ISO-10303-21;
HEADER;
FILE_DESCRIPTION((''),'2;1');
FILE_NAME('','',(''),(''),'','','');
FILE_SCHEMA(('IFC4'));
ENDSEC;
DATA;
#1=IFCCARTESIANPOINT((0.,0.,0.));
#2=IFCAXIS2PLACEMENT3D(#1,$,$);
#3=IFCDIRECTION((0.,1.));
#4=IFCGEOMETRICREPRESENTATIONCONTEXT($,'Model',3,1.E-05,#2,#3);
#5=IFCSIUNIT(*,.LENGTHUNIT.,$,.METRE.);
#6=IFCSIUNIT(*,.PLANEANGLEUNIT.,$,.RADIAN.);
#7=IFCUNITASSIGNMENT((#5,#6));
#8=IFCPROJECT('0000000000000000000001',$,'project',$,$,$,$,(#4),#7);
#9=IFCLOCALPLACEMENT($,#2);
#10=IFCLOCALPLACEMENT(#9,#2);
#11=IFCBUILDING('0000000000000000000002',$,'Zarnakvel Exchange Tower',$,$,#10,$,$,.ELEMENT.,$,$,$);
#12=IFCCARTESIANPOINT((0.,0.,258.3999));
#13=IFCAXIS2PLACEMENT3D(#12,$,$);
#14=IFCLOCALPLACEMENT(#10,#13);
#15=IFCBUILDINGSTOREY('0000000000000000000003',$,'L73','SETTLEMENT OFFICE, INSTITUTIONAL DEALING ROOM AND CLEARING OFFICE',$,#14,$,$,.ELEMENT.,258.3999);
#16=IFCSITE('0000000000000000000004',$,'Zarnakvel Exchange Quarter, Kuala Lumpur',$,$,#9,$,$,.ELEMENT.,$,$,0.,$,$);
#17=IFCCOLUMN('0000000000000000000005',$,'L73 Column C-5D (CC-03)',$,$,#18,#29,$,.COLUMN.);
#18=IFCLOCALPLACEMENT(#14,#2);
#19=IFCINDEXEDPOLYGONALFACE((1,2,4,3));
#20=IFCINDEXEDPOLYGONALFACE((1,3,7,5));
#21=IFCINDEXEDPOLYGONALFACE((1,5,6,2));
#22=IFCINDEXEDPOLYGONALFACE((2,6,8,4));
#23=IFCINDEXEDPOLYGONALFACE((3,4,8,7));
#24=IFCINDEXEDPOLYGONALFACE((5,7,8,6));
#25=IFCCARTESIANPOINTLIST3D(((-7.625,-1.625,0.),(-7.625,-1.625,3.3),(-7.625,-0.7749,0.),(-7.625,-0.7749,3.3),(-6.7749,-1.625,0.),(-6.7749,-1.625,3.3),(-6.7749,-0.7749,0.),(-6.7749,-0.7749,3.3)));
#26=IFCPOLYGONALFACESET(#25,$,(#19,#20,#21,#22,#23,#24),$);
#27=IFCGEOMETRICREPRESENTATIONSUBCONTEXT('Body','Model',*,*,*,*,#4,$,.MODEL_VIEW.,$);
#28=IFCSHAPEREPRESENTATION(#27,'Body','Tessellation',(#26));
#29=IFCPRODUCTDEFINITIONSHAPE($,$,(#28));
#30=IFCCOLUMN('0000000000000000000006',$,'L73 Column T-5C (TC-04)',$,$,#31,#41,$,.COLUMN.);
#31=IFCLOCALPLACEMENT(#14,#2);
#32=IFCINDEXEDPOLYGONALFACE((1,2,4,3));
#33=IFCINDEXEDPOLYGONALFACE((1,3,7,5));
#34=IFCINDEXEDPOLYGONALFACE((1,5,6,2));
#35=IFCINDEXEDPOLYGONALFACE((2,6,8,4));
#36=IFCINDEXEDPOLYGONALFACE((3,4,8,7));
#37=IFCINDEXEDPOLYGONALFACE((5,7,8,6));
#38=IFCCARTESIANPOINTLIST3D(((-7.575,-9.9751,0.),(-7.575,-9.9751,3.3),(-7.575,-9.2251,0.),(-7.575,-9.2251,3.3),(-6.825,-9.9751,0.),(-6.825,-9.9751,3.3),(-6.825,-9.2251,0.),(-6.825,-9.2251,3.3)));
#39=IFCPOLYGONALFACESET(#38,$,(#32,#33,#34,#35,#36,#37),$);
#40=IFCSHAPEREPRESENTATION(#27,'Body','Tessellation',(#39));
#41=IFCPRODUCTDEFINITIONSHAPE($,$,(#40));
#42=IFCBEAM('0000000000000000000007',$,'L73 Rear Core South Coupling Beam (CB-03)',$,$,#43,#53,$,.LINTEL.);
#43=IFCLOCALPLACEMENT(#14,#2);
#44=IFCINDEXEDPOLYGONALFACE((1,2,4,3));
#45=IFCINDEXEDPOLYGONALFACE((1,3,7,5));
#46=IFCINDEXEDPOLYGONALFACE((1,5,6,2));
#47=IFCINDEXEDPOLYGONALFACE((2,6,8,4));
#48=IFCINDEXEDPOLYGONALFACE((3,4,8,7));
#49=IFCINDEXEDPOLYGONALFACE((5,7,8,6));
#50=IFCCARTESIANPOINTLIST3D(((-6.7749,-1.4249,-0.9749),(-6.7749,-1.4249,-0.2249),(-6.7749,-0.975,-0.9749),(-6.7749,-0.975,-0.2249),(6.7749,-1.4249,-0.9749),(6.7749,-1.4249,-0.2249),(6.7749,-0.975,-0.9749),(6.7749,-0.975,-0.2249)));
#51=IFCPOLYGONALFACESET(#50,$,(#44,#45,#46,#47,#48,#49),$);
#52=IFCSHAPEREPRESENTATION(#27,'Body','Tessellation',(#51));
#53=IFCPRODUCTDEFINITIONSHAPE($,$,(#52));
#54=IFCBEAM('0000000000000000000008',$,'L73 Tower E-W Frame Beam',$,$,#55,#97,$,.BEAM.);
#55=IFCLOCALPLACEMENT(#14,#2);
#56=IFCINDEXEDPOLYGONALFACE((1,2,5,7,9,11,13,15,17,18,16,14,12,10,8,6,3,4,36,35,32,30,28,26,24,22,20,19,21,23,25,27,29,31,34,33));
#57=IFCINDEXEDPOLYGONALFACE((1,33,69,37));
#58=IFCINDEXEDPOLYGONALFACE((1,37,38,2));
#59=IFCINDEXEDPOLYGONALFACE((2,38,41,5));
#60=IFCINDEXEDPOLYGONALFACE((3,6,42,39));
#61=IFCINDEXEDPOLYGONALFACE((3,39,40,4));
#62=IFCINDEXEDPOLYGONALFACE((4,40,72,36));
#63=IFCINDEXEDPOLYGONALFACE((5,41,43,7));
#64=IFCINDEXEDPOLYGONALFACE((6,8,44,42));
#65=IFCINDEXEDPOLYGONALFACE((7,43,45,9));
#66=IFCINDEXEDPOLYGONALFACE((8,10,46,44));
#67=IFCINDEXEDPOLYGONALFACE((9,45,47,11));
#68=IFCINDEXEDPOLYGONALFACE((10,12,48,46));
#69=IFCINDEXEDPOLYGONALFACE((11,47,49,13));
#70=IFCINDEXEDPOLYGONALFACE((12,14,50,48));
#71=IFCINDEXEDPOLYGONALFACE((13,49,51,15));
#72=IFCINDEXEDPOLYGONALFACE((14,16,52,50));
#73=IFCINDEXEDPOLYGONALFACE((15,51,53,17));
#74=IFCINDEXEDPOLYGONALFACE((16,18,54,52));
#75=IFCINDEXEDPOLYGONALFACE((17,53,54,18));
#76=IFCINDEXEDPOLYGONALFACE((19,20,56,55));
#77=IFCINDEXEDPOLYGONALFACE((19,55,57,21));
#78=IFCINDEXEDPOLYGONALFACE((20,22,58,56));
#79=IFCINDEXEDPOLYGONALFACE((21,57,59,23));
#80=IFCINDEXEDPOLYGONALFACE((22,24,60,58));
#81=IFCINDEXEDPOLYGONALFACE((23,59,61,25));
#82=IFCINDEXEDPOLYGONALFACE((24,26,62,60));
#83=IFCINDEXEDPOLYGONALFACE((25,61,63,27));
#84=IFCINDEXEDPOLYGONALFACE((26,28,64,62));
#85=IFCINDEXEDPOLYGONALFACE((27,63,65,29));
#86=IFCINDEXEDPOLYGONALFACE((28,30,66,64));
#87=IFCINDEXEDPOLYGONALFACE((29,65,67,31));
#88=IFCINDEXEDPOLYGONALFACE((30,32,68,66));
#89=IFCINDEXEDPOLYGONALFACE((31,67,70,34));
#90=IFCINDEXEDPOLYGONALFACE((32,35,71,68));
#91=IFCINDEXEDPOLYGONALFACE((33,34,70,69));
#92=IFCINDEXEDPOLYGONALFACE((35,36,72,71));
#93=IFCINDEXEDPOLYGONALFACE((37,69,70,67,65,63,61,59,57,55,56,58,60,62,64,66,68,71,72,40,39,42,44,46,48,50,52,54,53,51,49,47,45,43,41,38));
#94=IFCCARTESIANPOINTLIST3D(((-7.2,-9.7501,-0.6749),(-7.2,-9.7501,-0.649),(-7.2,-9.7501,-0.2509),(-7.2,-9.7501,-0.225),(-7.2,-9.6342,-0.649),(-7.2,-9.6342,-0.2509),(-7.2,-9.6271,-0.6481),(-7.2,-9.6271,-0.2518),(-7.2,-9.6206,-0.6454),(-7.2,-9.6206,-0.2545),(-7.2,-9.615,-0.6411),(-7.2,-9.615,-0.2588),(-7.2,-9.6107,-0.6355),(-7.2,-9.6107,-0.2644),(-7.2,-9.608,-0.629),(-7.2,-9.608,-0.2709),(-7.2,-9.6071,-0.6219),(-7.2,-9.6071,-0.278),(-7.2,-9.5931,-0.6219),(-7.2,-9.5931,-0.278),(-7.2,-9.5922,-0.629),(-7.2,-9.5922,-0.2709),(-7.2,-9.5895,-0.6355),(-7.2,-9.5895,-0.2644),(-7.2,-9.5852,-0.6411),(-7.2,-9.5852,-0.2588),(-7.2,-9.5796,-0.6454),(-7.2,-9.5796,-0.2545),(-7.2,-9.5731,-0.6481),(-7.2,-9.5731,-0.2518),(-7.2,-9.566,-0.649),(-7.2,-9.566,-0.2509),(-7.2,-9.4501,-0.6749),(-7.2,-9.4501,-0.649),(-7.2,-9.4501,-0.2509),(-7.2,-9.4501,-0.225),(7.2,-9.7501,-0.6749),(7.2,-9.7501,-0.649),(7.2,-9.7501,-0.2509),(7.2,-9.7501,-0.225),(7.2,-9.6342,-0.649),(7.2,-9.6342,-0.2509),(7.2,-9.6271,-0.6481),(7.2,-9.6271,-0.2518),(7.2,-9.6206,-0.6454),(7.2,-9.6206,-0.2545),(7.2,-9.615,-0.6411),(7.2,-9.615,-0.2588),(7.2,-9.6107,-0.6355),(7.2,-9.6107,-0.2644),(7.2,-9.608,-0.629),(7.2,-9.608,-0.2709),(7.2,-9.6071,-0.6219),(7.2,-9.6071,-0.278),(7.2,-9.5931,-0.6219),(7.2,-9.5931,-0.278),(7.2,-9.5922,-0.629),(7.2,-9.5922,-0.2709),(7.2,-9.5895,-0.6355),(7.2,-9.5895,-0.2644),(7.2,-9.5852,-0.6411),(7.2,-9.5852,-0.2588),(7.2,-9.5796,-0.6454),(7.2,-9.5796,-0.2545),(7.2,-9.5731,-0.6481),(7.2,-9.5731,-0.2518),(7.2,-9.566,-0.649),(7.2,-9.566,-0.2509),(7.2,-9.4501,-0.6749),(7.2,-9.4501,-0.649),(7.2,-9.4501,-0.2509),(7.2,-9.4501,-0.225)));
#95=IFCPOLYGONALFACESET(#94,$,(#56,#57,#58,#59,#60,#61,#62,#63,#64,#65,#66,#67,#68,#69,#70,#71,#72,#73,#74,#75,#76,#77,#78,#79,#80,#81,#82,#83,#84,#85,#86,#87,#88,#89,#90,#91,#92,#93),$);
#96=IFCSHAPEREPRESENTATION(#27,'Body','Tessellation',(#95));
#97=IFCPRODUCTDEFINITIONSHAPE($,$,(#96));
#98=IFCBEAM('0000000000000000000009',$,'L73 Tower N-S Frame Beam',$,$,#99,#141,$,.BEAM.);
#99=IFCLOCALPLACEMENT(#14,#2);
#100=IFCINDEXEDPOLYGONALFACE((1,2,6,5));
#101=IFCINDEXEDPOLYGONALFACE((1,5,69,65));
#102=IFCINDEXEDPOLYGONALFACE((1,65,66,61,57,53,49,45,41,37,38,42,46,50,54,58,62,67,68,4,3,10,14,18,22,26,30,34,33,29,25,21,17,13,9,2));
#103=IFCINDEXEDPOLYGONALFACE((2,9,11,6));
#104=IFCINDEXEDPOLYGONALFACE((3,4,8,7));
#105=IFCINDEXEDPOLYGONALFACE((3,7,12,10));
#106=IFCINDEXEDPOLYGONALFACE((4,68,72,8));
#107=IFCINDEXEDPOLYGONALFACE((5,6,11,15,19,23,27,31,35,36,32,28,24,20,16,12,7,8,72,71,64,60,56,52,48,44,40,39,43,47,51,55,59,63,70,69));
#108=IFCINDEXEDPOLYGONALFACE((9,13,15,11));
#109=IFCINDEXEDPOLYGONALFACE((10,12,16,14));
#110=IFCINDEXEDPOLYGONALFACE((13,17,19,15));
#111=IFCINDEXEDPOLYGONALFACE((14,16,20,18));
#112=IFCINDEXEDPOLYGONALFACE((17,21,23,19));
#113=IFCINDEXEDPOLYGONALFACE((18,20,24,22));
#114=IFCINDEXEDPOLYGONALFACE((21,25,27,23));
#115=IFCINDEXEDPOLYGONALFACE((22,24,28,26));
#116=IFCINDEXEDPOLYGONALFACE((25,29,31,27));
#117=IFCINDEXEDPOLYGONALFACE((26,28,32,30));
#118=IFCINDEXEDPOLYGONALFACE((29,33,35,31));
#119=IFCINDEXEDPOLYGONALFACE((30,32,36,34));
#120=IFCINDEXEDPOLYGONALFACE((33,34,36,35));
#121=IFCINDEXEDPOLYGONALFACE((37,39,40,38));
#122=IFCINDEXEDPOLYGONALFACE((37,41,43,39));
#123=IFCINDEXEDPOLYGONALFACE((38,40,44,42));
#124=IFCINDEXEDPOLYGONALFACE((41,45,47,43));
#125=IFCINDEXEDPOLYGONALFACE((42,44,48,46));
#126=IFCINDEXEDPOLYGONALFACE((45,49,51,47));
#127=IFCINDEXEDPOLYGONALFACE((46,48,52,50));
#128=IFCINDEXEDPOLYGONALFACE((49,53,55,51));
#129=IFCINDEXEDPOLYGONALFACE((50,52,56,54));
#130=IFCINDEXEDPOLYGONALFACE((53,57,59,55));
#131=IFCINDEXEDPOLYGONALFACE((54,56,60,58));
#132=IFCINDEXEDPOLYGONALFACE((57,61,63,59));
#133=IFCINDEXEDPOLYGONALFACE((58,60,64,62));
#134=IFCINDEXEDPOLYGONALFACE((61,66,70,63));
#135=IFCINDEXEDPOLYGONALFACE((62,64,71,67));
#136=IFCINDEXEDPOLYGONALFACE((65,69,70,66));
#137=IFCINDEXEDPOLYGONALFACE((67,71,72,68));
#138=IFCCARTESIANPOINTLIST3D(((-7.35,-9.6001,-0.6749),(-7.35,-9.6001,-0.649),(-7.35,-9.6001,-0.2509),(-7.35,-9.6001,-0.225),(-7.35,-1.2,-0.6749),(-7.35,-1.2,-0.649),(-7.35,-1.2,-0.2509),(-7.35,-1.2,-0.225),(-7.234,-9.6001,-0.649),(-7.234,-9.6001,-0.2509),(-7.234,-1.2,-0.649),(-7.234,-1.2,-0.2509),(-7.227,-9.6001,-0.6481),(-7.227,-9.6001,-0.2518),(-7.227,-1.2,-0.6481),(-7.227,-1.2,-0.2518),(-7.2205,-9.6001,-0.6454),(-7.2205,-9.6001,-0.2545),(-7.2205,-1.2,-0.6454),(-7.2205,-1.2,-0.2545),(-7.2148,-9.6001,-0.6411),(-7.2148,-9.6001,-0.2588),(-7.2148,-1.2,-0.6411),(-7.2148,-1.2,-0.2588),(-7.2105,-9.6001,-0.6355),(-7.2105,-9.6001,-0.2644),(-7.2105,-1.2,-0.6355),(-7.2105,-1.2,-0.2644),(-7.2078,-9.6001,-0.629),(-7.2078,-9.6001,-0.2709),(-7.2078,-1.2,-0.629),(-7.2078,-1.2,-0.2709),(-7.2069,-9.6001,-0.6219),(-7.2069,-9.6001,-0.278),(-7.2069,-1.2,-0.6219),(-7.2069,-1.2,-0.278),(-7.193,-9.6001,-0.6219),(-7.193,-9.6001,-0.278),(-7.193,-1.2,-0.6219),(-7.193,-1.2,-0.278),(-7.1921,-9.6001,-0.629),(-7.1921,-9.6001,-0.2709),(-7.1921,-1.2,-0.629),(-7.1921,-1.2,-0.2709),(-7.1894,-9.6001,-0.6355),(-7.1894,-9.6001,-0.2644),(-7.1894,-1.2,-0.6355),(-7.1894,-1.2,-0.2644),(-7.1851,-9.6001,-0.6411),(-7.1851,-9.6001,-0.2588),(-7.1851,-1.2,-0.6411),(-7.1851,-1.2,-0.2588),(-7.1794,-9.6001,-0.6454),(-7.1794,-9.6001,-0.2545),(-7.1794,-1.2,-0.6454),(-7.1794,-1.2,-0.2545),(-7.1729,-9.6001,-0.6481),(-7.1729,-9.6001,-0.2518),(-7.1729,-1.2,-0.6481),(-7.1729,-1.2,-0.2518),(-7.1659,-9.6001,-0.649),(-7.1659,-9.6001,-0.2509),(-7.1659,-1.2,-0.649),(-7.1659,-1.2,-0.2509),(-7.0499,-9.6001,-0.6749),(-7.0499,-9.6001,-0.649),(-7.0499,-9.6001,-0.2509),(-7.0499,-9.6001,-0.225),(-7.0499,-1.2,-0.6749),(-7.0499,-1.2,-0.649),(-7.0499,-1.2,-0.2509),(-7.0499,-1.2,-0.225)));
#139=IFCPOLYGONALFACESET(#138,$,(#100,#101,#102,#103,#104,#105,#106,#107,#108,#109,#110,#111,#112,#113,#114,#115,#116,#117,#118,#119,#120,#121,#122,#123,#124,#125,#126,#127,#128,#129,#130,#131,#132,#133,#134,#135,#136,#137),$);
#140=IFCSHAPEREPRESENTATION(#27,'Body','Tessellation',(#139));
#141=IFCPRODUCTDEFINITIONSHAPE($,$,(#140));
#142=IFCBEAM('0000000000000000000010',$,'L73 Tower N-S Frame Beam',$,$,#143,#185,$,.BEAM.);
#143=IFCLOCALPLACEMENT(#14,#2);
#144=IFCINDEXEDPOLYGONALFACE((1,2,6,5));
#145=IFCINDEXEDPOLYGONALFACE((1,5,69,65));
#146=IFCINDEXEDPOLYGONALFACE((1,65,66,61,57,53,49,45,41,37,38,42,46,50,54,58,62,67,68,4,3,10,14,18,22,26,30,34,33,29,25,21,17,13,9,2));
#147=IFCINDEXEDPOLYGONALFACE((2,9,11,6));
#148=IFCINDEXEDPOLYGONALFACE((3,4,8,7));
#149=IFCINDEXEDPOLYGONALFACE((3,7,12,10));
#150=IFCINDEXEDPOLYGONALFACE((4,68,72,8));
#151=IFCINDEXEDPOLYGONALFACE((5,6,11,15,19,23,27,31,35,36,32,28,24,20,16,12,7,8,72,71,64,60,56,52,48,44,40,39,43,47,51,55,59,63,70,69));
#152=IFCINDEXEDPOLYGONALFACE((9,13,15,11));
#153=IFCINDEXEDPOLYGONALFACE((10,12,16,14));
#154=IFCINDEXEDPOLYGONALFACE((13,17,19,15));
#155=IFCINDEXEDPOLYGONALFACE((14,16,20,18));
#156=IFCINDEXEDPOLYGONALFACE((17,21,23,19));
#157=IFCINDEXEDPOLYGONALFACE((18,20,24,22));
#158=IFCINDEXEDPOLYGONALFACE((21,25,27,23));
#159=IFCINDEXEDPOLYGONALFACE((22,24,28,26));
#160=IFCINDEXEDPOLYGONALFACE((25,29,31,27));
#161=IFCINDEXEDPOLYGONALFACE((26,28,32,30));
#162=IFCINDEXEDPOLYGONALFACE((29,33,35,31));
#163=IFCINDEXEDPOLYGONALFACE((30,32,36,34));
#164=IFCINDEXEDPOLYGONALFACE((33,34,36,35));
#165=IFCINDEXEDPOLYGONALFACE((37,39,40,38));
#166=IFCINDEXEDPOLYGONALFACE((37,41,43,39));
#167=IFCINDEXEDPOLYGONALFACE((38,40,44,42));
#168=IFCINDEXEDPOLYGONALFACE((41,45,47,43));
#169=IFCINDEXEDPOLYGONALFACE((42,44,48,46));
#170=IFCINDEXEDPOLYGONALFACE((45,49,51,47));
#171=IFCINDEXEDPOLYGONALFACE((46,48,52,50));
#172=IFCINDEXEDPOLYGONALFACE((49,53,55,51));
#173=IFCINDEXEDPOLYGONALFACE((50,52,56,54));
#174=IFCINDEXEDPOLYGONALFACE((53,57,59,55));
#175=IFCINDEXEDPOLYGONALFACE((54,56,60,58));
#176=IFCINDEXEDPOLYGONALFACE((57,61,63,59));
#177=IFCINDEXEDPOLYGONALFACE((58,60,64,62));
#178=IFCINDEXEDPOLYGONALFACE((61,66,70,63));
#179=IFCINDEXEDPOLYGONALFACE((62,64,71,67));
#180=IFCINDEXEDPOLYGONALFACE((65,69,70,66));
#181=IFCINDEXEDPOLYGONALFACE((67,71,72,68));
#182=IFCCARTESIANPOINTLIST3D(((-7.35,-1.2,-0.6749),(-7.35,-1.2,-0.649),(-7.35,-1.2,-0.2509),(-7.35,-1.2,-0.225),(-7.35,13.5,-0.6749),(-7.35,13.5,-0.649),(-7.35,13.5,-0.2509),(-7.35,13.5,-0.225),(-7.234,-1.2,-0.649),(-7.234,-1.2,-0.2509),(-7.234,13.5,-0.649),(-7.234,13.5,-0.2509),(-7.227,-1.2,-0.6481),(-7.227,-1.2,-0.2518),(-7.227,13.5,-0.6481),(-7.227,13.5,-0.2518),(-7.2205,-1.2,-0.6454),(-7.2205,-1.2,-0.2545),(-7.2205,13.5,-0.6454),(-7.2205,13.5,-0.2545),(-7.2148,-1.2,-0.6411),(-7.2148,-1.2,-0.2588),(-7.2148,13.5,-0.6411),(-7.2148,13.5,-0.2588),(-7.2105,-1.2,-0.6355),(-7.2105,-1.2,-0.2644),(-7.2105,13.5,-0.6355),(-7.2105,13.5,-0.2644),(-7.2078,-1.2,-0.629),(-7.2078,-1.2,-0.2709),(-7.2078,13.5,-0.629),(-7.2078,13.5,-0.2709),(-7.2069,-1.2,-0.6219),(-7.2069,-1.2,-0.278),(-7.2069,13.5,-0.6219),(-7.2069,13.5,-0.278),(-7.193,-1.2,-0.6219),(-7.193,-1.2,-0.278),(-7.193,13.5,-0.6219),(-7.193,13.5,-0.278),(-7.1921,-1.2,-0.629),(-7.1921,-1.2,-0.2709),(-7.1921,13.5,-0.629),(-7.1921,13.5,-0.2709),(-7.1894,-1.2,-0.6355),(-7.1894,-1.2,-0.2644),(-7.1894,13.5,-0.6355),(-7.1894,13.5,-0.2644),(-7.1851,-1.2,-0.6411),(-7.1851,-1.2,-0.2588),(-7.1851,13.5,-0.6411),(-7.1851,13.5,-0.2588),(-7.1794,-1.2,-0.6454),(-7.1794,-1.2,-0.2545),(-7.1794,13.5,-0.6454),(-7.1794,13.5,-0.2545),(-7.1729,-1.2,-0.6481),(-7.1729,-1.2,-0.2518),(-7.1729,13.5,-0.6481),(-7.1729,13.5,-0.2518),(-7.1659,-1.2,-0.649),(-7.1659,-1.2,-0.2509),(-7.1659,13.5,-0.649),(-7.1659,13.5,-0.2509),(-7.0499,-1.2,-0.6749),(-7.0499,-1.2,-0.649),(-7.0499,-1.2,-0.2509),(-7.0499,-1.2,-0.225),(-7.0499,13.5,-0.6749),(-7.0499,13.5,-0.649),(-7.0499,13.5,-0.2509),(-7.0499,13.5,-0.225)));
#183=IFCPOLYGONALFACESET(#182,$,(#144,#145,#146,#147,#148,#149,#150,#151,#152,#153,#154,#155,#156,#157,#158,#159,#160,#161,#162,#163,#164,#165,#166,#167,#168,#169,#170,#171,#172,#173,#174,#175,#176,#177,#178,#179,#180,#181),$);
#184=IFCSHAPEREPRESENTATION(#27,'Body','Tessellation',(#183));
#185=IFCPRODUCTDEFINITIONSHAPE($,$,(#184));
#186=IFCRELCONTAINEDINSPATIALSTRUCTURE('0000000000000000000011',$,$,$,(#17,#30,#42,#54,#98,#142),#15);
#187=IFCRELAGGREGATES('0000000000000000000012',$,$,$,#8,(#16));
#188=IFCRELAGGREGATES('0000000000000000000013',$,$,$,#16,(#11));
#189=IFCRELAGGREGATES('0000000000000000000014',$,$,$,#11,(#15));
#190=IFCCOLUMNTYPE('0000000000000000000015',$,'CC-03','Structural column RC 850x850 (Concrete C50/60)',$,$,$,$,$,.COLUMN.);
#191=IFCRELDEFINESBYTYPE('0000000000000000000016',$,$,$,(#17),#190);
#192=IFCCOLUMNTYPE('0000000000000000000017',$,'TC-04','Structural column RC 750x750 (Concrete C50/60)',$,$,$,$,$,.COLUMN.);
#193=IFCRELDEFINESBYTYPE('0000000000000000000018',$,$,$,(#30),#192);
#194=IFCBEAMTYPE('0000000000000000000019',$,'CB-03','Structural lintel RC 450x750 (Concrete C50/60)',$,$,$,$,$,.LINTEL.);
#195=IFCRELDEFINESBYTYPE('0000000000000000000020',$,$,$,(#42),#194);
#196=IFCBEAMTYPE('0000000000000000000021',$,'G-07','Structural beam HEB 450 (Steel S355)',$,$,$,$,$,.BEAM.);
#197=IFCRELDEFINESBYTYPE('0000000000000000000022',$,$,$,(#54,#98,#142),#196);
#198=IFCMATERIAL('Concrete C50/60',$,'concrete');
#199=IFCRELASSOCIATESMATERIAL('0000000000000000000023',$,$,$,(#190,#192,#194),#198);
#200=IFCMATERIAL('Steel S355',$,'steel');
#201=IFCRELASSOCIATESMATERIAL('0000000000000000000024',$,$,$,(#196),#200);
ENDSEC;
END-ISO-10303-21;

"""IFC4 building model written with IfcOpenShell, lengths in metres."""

from ifc_helpers import new_model, si_unit, direction, frame, origin, origin_2d, place, context, subcontext, project, spatial, rectangle, i_section, extrude, material, material_profile, profile_set, type_object, element, save


model = new_model("IFC4")

# Units and contexts
model_context = context("Model", 3, precision=1e-05, world=origin(), true_north=direction((0.0, 1.0)))
body_context = subcontext(model_context, "Body", "Model", "MODEL_VIEW")
ifc_project = project(units=[si_unit("LENGTHUNIT", "METRE"), si_unit("PLANEANGLEUNIT", "RADIAN")], contexts=[model_context])

# Site, building, storey
site_placement = place(None, origin())
site = spatial("IfcSite", under=ifc_project, at=site_placement, Name="Zarnakvel Exchange Quarter, Kuala Lumpur", CompositionType="ELEMENT", RefElevation=0.0)
building_placement = place(site_placement, origin())
building = spatial("IfcBuilding", under=site, at=building_placement, Name="Zarnakvel Exchange Tower", CompositionType="ELEMENT")
storey_placement = place(building_placement, frame((0.0, 0.0, 258.3999)))
storey = spatial("IfcBuildingStorey", under=building, at=storey_placement, Name="L73", Description="SETTLEMENT OFFICE, INSTITUTIONAL DEALING ROOM AND CLEARING OFFICE", CompositionType="ELEMENT", Elevation=258.3999)

# Columns
ifc_material_1 = material(Name="Concrete C50/60", Category="concrete")
ifc_material_profile_1 = material_profile(ifc_material_1, rectangle(XDim=0.8501, YDim=0.8501, at=origin_2d()))
ifc_profile_set_1 = profile_set([ifc_material_profile_1], Name="Concrete C50/60")
column_type_1 = type_object("IfcColumnType", Name="CC-03", Description="Structural column RC 850x850 (Concrete C50/60)", PredefinedType="COLUMN", material=ifc_profile_set_1)
column_1_placement = place(storey_placement, frame((-7.2, -1.2, 0.0), z_axis=(0.0, 0.0, 1.0), x_axis=(1.0, 0.0, 0.0)))
element("IfcColumn", 1, at=column_1_placement, inside=storey, type_object=column_type_1, Name="L73 Column C-5D (CC-03)", PredefinedType="COLUMN", context=body_context, shape_type="SweptSolid", body=[
    extrude(rectangle(XDim=0.8501, YDim=0.8501, at=origin_2d()), origin(), (0.0, 0.0, 1.0), 3.3),
])
ifc_material_profile_2 = material_profile(ifc_material_1, rectangle(XDim=0.75, YDim=0.75, at=origin_2d()))
ifc_profile_set_2 = profile_set([ifc_material_profile_2], Name="Concrete C50/60")
column_type_2 = type_object("IfcColumnType", Name="TC-04", Description="Structural column RC 750x750 (Concrete C50/60)", PredefinedType="COLUMN", material=ifc_profile_set_2)
column_2_placement = place(storey_placement, frame((-7.2, -9.6001, 0.0), z_axis=(0.0, 0.0, 1.0), x_axis=(1.0, 0.0, 0.0)))
element("IfcColumn", 2, at=column_2_placement, inside=storey, type_object=column_type_2, Name="L73 Column T-5C (TC-04)", PredefinedType="COLUMN", context=body_context, shape_type="SweptSolid", body=[
    extrude(rectangle(XDim=0.75, YDim=0.75, at=origin_2d()), origin(), (0.0, 0.0, 1.0), 3.3),
])

# Beams
ifc_material_profile_3 = material_profile(ifc_material_1, rectangle(XDim=0.45, YDim=0.75, at=origin_2d()))
ifc_profile_set_3 = profile_set([ifc_material_profile_3], Name="Concrete C50/60")
beam_type_1 = type_object("IfcBeamType", Name="CB-03", Description="Structural lintel RC 450x750 (Concrete C50/60)", PredefinedType="LINTEL", material=ifc_profile_set_3)
beam_1_placement = place(storey_placement, frame((-6.7749, -1.2, -0.5999), z_axis=(1.0, 0.0, 0.0), x_axis=(0.0, 1.0, 0.0)))
element("IfcBeam", 3, at=beam_1_placement, inside=storey, type_object=beam_type_1, Name="L73 Rear Core South Coupling Beam (CB-03)", PredefinedType="LINTEL", context=body_context, shape_type="SweptSolid", body=[
    extrude(rectangle(XDim=0.45, YDim=0.75, at=origin_2d()), origin(), (0.0, 0.0, 1.0), 13.5498),
])
ifc_material_2 = material(Name="Steel S355", Category="steel")
ifc_material_profile_4 = material_profile(ifc_material_2, i_section(OverallWidth=0.3, OverallDepth=0.45, WebThickness=0.0139, FlangeThickness=0.0259, FilletRadius=0.0271, at=origin_2d()))
ifc_profile_set_4 = profile_set([ifc_material_profile_4], Name="Steel S355")
beam_type_2 = type_object("IfcBeamType", Name="G-07", Description="Structural beam HEB 450 (Steel S355)", PredefinedType="BEAM", material=ifc_profile_set_4)
beam_2_placement = place(storey_placement, frame((-7.2, -9.6001, -0.45), z_axis=(1.0, 0.0, 0.0), x_axis=(0.0, 1.0, 0.0)))
element("IfcBeam", 4, at=beam_2_placement, inside=storey, type_object=beam_type_2, Name="L73 Tower E-W Frame Beam", PredefinedType="BEAM", context=body_context, shape_type="SweptSolid", body=[
    extrude(i_section(OverallWidth=0.3, OverallDepth=0.45, WebThickness=0.0139, FlangeThickness=0.0259, FilletRadius=0.0271, at=origin_2d()), origin(), (0.0, 0.0, 1.0), 14.3999),
])
beam_3_placement = place(storey_placement, frame((-7.2, -9.6001, -0.45), z_axis=(0.0, 1.0, 0.0), x_axis=(-1.0, 0.0, 0.0)))
element("IfcBeam", 5, at=beam_3_placement, inside=storey, type_object=beam_type_2, Name="L73 Tower N-S Frame Beam", PredefinedType="BEAM", context=body_context, shape_type="SweptSolid", body=[
    extrude(i_section(OverallWidth=0.3, OverallDepth=0.45, WebThickness=0.0139, FlangeThickness=0.0259, FilletRadius=0.0271, at=origin_2d()), origin(), (0.0, 0.0, 1.0), 8.4001),
])
beam_4_placement = place(storey_placement, frame((-7.2, -1.2, -0.45), z_axis=(0.0, 1.0, 0.0), x_axis=(-1.0, 0.0, 0.0)))
element("IfcBeam", 6, at=beam_4_placement, inside=storey, type_object=beam_type_2, Name="L73 Tower N-S Frame Beam", PredefinedType="BEAM", context=body_context, shape_type="SweptSolid", body=[
    extrude(i_section(OverallWidth=0.3, OverallDepth=0.45, WebThickness=0.0139, FlangeThickness=0.0259, FilletRadius=0.0271, at=origin_2d()), origin(), (0.0, 0.0, 1.0), 14.7),
])

save(model, "model.ifc")
